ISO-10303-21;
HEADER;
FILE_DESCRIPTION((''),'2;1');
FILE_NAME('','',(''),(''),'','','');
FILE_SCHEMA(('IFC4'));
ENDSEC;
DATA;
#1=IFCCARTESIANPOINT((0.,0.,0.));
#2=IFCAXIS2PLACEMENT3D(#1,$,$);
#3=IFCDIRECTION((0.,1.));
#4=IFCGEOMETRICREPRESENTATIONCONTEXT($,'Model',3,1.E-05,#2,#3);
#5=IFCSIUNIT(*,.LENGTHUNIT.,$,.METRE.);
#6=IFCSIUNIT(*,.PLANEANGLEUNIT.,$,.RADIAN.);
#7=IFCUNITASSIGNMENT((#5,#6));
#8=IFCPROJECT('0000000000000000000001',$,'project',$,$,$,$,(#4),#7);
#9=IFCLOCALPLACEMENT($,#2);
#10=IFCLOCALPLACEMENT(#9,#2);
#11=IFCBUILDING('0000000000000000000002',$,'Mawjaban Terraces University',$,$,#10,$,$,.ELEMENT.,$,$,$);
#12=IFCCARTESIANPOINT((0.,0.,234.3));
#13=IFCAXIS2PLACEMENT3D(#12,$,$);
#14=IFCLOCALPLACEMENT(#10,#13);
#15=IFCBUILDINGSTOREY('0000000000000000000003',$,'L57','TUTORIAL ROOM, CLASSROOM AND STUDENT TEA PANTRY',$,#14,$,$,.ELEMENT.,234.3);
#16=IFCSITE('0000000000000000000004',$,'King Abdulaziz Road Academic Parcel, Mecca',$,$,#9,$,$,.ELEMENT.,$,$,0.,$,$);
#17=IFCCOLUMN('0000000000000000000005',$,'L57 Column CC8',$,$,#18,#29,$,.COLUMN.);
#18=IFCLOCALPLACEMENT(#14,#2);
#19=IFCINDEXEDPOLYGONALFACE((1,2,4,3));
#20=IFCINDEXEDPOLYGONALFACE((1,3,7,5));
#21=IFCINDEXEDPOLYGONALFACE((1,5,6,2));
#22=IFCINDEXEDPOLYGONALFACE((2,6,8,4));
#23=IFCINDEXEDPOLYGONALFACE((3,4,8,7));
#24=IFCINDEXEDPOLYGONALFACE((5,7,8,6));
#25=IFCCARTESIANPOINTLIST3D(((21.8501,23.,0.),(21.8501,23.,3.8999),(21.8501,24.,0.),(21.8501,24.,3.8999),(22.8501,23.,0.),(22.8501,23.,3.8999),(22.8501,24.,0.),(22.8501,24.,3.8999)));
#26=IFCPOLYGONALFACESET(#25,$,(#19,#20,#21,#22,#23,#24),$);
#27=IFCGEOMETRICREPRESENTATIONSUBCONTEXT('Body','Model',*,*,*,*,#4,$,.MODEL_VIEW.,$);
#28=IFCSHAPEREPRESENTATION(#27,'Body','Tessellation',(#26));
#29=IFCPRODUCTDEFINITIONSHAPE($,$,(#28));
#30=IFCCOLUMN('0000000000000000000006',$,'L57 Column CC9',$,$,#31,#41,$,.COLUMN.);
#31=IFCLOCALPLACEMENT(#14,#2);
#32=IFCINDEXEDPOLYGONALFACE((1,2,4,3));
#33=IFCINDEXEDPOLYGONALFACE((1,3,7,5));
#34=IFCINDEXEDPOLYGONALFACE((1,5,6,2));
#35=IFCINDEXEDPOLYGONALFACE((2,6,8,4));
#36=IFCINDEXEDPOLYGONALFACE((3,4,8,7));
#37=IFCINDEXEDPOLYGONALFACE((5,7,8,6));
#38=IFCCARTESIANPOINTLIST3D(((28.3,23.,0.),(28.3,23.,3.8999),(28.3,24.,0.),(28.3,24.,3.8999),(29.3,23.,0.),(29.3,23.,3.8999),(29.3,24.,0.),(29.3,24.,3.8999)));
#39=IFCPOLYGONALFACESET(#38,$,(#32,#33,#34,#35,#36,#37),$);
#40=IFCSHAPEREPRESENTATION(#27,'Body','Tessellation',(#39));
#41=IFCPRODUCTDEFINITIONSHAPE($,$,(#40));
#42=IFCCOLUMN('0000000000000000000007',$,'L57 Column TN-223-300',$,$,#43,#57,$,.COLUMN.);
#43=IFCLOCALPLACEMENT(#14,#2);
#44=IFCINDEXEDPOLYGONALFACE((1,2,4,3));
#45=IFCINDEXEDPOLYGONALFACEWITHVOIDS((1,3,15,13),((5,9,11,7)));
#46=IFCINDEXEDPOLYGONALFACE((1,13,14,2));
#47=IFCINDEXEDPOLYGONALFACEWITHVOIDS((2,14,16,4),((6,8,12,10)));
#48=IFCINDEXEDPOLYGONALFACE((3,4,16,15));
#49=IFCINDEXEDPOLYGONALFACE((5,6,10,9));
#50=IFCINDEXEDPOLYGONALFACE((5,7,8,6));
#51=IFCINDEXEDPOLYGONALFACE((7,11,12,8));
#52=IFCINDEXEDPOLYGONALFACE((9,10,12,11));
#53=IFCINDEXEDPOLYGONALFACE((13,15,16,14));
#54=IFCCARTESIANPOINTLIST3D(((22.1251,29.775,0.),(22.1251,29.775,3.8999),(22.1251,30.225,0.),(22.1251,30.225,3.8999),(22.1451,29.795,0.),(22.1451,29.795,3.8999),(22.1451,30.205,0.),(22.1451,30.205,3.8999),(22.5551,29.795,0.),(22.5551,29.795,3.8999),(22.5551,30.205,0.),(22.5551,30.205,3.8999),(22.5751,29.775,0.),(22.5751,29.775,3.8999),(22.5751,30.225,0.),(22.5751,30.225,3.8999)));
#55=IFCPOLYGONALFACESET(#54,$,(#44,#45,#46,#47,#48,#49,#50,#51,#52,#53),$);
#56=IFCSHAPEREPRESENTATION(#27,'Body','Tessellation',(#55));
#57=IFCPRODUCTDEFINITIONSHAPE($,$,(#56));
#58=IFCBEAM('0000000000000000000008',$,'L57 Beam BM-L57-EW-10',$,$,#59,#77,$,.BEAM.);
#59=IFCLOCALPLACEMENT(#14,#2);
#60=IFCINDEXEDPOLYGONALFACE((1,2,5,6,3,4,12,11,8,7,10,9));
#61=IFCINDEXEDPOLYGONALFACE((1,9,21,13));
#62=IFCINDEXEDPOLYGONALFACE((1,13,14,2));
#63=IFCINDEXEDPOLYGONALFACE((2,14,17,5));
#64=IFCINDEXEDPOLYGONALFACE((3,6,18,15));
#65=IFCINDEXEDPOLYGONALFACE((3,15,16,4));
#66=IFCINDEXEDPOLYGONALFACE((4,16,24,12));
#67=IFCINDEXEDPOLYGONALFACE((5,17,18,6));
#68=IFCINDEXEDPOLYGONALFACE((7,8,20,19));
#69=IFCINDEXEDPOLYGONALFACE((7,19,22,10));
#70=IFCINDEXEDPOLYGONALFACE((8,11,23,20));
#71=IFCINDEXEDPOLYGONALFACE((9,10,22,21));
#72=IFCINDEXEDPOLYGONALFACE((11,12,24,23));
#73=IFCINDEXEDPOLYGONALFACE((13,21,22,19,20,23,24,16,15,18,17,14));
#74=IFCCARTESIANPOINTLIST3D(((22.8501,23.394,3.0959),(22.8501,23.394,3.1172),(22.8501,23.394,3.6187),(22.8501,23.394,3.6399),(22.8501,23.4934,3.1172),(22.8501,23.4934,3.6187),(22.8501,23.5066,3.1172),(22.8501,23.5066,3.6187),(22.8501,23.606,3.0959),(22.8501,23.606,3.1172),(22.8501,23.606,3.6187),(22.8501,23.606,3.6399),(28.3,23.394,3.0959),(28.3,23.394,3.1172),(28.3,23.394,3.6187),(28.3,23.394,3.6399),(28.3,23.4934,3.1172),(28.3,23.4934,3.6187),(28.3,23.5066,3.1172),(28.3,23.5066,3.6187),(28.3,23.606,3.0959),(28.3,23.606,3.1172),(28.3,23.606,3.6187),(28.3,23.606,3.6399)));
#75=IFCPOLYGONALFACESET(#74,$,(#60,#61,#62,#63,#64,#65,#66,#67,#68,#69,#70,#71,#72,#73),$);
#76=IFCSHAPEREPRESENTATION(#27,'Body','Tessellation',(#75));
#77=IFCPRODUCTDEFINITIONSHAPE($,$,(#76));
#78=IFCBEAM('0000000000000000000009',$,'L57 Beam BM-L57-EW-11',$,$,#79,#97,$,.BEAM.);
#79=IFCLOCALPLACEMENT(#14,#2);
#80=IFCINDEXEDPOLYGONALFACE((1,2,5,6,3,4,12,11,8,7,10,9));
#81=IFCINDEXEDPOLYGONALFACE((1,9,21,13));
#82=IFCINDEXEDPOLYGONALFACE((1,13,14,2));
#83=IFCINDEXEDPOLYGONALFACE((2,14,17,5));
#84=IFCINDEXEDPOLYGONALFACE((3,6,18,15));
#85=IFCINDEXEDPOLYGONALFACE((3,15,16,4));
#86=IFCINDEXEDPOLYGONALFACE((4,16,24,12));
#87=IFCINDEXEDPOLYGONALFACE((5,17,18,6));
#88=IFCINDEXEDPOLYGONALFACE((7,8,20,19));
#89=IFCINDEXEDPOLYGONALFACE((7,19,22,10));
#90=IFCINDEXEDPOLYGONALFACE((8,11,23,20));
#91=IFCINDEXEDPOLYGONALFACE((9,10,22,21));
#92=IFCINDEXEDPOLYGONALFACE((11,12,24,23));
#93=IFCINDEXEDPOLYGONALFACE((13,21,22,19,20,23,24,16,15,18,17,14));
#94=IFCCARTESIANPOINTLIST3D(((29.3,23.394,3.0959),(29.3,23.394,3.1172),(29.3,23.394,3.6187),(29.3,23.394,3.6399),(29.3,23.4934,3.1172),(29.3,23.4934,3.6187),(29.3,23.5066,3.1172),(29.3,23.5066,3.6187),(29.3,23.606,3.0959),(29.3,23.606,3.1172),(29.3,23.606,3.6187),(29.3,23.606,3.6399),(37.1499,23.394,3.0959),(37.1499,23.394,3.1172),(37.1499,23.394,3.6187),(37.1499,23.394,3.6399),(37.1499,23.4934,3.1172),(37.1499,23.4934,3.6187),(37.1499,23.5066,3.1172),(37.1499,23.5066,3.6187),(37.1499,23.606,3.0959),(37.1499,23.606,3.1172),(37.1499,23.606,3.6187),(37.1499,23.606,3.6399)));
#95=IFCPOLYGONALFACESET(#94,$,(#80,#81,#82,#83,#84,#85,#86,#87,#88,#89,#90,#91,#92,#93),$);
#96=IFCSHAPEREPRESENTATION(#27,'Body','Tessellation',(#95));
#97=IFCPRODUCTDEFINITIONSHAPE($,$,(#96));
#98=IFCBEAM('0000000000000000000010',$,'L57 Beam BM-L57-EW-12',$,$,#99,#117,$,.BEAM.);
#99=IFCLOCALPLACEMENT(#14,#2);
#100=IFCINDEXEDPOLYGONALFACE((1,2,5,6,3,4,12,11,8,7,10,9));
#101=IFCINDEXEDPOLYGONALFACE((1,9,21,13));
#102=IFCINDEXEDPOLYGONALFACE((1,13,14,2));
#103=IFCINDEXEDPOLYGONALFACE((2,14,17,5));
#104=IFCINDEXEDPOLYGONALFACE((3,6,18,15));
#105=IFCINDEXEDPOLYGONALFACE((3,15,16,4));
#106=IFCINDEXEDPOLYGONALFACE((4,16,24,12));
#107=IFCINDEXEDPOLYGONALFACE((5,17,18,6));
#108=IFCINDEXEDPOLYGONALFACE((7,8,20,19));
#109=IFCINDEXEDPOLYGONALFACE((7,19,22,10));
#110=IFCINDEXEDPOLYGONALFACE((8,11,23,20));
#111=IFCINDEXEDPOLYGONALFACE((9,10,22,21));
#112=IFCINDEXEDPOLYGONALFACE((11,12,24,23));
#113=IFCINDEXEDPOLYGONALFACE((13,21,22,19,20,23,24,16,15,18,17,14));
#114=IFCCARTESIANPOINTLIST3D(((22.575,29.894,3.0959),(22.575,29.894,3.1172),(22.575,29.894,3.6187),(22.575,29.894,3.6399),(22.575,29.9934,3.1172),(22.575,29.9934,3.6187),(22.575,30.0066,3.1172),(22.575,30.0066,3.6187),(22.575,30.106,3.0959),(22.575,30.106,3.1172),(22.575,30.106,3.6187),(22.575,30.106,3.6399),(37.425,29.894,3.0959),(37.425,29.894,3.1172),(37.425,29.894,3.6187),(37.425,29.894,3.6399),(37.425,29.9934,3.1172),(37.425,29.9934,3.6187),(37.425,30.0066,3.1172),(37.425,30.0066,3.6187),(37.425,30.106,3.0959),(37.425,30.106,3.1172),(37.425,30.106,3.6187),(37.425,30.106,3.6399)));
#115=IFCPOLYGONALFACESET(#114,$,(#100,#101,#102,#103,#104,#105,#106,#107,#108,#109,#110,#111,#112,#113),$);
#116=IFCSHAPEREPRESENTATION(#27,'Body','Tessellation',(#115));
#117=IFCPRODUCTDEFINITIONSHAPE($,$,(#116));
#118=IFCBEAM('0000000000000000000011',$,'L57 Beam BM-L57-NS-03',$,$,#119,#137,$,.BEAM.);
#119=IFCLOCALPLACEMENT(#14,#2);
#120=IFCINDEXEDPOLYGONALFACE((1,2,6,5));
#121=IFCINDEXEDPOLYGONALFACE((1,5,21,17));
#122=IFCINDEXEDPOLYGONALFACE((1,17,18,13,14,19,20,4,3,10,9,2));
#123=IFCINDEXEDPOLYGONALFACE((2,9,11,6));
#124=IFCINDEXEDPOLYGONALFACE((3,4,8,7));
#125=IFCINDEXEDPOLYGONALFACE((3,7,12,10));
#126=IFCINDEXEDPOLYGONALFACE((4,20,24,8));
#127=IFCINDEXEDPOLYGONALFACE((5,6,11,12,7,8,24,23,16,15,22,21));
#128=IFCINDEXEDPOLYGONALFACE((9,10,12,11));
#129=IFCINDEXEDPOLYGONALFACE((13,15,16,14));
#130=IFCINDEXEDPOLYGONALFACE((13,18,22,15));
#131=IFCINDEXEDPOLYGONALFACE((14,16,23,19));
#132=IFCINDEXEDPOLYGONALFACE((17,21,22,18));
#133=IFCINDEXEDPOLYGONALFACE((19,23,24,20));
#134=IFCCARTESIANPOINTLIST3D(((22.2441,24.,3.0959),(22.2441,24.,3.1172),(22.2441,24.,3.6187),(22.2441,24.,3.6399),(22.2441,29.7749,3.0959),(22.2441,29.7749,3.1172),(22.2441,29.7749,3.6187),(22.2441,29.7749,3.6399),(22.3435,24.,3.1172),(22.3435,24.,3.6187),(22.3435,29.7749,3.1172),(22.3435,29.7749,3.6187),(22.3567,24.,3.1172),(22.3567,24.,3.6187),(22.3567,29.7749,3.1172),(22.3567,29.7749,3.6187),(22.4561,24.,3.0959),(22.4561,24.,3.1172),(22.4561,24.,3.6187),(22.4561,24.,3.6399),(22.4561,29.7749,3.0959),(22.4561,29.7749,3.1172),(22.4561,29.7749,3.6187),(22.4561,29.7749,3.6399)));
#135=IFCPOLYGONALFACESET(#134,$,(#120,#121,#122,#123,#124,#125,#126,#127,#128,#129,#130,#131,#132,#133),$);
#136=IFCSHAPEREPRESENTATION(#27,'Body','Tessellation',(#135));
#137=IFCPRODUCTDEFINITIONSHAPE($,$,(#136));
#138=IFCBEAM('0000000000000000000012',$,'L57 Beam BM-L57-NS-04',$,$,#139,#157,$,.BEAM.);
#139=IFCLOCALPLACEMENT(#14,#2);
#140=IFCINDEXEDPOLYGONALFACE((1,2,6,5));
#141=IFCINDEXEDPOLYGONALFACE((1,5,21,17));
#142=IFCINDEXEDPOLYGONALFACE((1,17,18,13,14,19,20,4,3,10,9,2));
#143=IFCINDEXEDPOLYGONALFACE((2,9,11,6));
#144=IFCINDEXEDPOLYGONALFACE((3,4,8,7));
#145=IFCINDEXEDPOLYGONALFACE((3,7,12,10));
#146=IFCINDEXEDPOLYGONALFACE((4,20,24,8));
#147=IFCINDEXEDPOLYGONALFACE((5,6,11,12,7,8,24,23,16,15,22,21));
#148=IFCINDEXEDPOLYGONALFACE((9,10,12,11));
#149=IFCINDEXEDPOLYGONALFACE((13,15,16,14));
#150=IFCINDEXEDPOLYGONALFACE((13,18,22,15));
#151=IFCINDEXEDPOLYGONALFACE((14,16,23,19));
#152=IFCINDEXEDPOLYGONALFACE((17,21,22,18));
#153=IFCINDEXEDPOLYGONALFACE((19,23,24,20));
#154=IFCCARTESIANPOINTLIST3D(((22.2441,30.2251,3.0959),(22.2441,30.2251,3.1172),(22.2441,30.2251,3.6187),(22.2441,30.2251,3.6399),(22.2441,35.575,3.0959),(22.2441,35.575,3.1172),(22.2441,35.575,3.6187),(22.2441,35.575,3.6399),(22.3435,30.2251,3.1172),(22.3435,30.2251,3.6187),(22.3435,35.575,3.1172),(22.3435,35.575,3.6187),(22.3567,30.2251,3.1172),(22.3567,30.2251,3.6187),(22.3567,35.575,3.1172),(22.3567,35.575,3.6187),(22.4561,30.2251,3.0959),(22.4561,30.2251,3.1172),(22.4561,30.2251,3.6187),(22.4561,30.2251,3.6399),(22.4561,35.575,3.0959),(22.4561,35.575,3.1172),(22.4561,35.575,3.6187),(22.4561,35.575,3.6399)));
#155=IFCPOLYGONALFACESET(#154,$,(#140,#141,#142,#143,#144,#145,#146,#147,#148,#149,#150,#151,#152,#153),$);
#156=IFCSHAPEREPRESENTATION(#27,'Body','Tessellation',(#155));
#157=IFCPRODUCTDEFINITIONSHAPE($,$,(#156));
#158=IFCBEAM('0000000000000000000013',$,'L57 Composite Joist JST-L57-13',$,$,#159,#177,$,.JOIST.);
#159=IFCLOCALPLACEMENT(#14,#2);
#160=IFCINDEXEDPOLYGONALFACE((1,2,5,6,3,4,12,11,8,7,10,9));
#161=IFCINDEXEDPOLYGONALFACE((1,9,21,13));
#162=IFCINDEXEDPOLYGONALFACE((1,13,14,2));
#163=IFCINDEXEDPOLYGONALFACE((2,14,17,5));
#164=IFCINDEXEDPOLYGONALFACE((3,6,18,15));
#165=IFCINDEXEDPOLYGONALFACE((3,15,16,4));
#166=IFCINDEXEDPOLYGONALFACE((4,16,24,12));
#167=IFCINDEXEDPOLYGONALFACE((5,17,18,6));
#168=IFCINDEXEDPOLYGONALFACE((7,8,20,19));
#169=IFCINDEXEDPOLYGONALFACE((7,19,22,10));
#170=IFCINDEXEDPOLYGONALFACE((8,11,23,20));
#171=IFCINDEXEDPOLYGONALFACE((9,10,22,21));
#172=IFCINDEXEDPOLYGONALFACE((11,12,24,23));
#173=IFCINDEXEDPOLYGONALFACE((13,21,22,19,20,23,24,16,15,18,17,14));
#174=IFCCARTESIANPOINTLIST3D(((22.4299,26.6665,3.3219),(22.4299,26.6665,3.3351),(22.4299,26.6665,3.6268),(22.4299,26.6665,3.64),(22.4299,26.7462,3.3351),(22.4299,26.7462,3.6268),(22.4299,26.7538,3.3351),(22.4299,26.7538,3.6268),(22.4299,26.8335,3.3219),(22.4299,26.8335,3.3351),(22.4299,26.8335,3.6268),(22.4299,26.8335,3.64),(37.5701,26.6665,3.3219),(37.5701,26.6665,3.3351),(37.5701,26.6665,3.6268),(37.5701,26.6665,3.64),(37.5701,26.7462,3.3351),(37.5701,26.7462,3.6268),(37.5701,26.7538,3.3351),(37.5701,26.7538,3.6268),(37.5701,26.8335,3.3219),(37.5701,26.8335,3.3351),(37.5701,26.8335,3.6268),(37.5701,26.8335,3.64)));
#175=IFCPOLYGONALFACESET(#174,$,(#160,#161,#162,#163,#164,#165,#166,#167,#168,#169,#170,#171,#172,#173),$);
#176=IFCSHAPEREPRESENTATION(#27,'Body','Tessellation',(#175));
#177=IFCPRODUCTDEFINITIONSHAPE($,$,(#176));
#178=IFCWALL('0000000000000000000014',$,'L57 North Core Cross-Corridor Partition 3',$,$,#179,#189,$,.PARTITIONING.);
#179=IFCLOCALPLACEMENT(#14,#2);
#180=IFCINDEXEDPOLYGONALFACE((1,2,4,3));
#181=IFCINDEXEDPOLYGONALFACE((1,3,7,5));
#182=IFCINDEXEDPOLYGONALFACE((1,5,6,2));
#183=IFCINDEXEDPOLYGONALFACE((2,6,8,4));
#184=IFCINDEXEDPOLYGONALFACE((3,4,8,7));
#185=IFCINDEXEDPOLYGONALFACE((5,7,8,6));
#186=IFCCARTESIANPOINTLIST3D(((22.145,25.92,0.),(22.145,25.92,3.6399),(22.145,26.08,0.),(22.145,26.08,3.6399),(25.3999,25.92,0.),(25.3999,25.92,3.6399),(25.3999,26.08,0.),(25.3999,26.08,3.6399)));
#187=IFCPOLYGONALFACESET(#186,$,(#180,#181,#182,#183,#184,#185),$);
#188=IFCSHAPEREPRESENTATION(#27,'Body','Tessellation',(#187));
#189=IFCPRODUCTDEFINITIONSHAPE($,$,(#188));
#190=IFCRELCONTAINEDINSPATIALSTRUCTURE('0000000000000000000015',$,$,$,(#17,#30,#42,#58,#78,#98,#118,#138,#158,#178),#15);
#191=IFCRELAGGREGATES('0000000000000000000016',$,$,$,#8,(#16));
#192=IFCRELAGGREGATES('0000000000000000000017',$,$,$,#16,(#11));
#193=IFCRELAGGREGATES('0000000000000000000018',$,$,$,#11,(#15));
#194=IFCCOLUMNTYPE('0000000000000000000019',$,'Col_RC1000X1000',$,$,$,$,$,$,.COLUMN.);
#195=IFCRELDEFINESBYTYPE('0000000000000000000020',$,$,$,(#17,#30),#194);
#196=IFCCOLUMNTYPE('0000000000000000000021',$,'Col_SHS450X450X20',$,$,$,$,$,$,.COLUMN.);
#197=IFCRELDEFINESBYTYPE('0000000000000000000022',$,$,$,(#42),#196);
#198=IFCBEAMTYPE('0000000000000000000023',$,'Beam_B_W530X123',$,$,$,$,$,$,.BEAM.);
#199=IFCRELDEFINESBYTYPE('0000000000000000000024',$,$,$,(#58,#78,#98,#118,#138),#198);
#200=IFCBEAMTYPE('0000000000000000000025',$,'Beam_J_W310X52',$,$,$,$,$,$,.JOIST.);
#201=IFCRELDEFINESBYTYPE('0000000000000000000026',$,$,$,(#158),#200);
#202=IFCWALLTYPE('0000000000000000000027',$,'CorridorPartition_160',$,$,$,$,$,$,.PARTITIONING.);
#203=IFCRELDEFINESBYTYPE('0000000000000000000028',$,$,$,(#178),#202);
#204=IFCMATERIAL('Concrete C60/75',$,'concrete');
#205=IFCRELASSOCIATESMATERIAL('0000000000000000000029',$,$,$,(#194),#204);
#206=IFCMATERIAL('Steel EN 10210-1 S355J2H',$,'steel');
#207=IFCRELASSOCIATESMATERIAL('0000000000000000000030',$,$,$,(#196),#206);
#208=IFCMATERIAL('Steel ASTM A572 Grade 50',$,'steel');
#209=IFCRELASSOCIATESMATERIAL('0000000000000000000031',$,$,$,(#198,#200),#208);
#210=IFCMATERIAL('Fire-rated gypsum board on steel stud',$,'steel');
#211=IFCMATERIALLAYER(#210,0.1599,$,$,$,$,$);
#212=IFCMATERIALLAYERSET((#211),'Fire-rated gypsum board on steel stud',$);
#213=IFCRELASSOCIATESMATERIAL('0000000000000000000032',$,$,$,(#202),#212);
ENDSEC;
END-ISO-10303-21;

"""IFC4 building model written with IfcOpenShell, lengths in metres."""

from ifc_helpers import new_model, si_unit, direction, frame, frame_2d, origin, origin_2d, place, context, subcontext, project, spatial, rectangle, hollow_rectangle, i_section, extrude, material, layer, layer_set, material_profile, profile_set, type_object, element, save


model = new_model("IFC4")

# Units and contexts
model_context = context("Model", 3, precision=1e-05, world=origin(), true_north=direction((0.0, 1.0)))
body_context = subcontext(model_context, "Body", "Model", "MODEL_VIEW")
ifc_project = project(units=[si_unit("LENGTHUNIT", "METRE"), si_unit("PLANEANGLEUNIT", "RADIAN")], contexts=[model_context])

# Site, building, storey
site_placement = place(None, origin())
site = spatial("IfcSite", under=ifc_project, at=site_placement, Name="King Abdulaziz Road Academic Parcel, Mecca", CompositionType="ELEMENT", RefElevation=0.0)
building_placement = place(site_placement, origin())
building = spatial("IfcBuilding", under=site, at=building_placement, Name="Mawjaban Terraces University", CompositionType="ELEMENT")
storey_placement = place(building_placement, frame((0.0, 0.0, 234.3)))
storey = spatial("IfcBuildingStorey", under=building, at=storey_placement, Name="L57", Description="TUTORIAL ROOM, CLASSROOM AND STUDENT TEA PANTRY", CompositionType="ELEMENT", Elevation=234.3)

# Columns
ifc_material_1 = material(Name="Concrete C60/75", Category="concrete")
ifc_material_profile_1 = material_profile(ifc_material_1, rectangle(XDim=1.0, YDim=1.0, at=origin_2d()), Name="RC1000X1000")
ifc_profile_set_1 = profile_set([ifc_material_profile_1], Name="Concrete C60/75")
column_type_1 = type_object("IfcColumnType", Name="Col_RC1000X1000", PredefinedType="COLUMN", material=ifc_profile_set_1)
for number, where, z_axis, x_axis, name in (
    (1, (22.3501, 23.5, 0.0), (0.0, 0.0, 1.0), (1.0, 0.0, 0.0), "L57 Column CC8"),
    (2, (28.8, 23.5, 0.0), (0.0, 0.0, 1.0), (1.0, 0.0, 0.0), "L57 Column CC9"),
):
    element("IfcColumn", number, at=place(storey_placement, frame(where, z_axis=z_axis, x_axis=x_axis)), inside=storey, type_object=column_type_1, Name=name, PredefinedType="COLUMN", context=body_context, shape_type="SweptSolid", body=[
        extrude(rectangle(XDim=1.0, YDim=1.0, at=origin_2d()), origin(), (0.0, 0.0, 1.0), 3.8999),
    ])
ifc_material_2 = material(Name="Steel EN 10210-1 S355J2H", Category="steel")
ifc_material_profile_2 = material_profile(ifc_material_2, hollow_rectangle(XDim=0.45, YDim=0.45, WallThickness=0.02, at=origin_2d()), Name="SHS450X450X20")
ifc_profile_set_2 = profile_set([ifc_material_profile_2], Name="Steel EN 10210-1 S355J2H")
column_type_2 = type_object("IfcColumnType", Name="Col_SHS450X450X20", PredefinedType="COLUMN", material=ifc_profile_set_2)
column_placement = place(storey_placement, frame((22.3501, 30.0, 0.0), z_axis=(0.0, 0.0, 1.0), x_axis=(1.0, 0.0, 0.0)))
element("IfcColumn", 3, at=column_placement, inside=storey, type_object=column_type_2, Name="L57 Column TN-223-300", PredefinedType="COLUMN", context=body_context, shape_type="SweptSolid", body=[
    extrude(hollow_rectangle(XDim=0.45, YDim=0.45, WallThickness=0.02, at=origin_2d()), origin(), (0.0, 0.0, 1.0), 3.8999),
])

# Beams
ifc_material_3 = material(Name="Steel ASTM A572 Grade 50", Category="steel")
ifc_material_profile_3 = material_profile(ifc_material_3, i_section(OverallWidth=0.2119, OverallDepth=0.5439, WebThickness=0.0132, FlangeThickness=0.0212, at=origin_2d()), Name="W530X123")
ifc_profile_set_3 = profile_set([ifc_material_profile_3], Name="Steel ASTM A572 Grade 50")
beam_type_1 = type_object("IfcBeamType", Name="Beam_B_W530X123", PredefinedType="BEAM", material=ifc_profile_set_3)
beam_1_placement = place(storey_placement, frame((22.8501, 23.5, 3.3679), z_axis=(1.0, 0.0, 0.0), x_axis=(0.0, 1.0, 0.0)))
element("IfcBeam", 4, at=beam_1_placement, inside=storey, type_object=beam_type_1, Name="L57 Beam BM-L57-EW-10", PredefinedType="BEAM", context=body_context, shape_type="SweptSolid", body=[
    extrude(i_section(OverallWidth=0.2119, OverallDepth=0.5439, WebThickness=0.0132, FlangeThickness=0.0212, at=origin_2d()), origin(), (0.0, 0.0, 1.0), 5.45),
])
beam_2_placement = place(storey_placement, frame((29.3, 23.5, 3.3679), z_axis=(1.0, 0.0, 0.0), x_axis=(0.0, 1.0, 0.0)))
element("IfcBeam", 5, at=beam_2_placement, inside=storey, type_object=beam_type_1, Name="L57 Beam BM-L57-EW-11", PredefinedType="BEAM", context=body_context, shape_type="SweptSolid", body=[
    extrude(i_section(OverallWidth=0.2119, OverallDepth=0.5439, WebThickness=0.0132, FlangeThickness=0.0212, at=origin_2d()), origin(), (0.0, 0.0, 1.0), 7.8499),
])
beam_3_placement = place(storey_placement, frame((22.575, 30.0, 3.3679), z_axis=(1.0, 0.0, 0.0), x_axis=(0.0, 1.0, 0.0)))
element("IfcBeam", 6, at=beam_3_placement, inside=storey, type_object=beam_type_1, Name="L57 Beam BM-L57-EW-12", PredefinedType="BEAM", context=body_context, shape_type="SweptSolid", body=[
    extrude(i_section(OverallWidth=0.2119, OverallDepth=0.5439, WebThickness=0.0132, FlangeThickness=0.0212, at=origin_2d()), origin(), (0.0, 0.0, 1.0), 14.8501),
])
beam_4_placement = place(storey_placement, frame((22.3501, 24.0, 3.3679), z_axis=(0.0, 1.0, 0.0), x_axis=(-1.0, 0.0, 0.0)))
element("IfcBeam", 7, at=beam_4_placement, inside=storey, type_object=beam_type_1, Name="L57 Beam BM-L57-NS-03", PredefinedType="BEAM", context=body_context, shape_type="SweptSolid", body=[
    extrude(i_section(OverallWidth=0.2119, OverallDepth=0.5439, WebThickness=0.0132, FlangeThickness=0.0212, at=origin_2d()), origin(), (0.0, 0.0, 1.0), 5.7749),
])
beam_5_placement = place(storey_placement, frame((22.3501, 30.2251, 3.3679), z_axis=(0.0, 1.0, 0.0), x_axis=(-1.0, 0.0, 0.0)))
element("IfcBeam", 8, at=beam_5_placement, inside=storey, type_object=beam_type_1, Name="L57 Beam BM-L57-NS-04", PredefinedType="BEAM", context=body_context, shape_type="SweptSolid", body=[
    extrude(i_section(OverallWidth=0.2119, OverallDepth=0.5439, WebThickness=0.0132, FlangeThickness=0.0212, at=origin_2d()), origin(), (0.0, 0.0, 1.0), 5.3499),
])
ifc_material_profile_4 = material_profile(ifc_material_3, i_section(OverallWidth=0.167, OverallDepth=0.3181, WebThickness=0.0076, FlangeThickness=0.0132, at=origin_2d()), Name="W310X52")
ifc_profile_set_4 = profile_set([ifc_material_profile_4], Name="Steel ASTM A572 Grade 50")
beam_type_2 = type_object("IfcBeamType", Name="Beam_J_W310X52", PredefinedType="JOIST", material=ifc_profile_set_4)
beam_6_placement = place(storey_placement, frame((22.4299, 26.75, 3.481), z_axis=(1.0, 0.0, 0.0), x_axis=(0.0, 1.0, 0.0)))
element("IfcBeam", 9, at=beam_6_placement, inside=storey, type_object=beam_type_2, Name="L57 Composite Joist JST-L57-13", PredefinedType="JOIST", context=body_context, shape_type="SweptSolid", body=[
    extrude(i_section(OverallWidth=0.167, OverallDepth=0.3181, WebThickness=0.0076, FlangeThickness=0.0132, at=origin_2d()), origin(), (0.0, 0.0, 1.0), 15.1401),
])

# Wall
ifc_material_4 = material(Name="Fire-rated gypsum board on steel stud", Category="steel")
ifc_layer_1 = layer(ifc_material_4, 0.1599)
ifc_layer_set_1 = layer_set([ifc_layer_1], Name="Fire-rated gypsum board on steel stud")
wall_type_1 = type_object("IfcWallType", Name="CorridorPartition_160", PredefinedType="PARTITIONING", material=ifc_layer_set_1)
wall_1_placement = place(storey_placement, frame((25.3999, 26.0, 0.0), z_axis=(0.0, 0.0, 1.0), x_axis=(-1.0, 0.0, 0.0)))
element("IfcWall", 10, at=wall_1_placement, inside=storey, type_object=wall_type_1, Name="L57 North Core Cross-Corridor Partition 3", PredefinedType="PARTITIONING", context=body_context, shape_type="SweptSolid", body=[
    extrude(rectangle(XDim=3.2549, YDim=0.1599, at=frame_2d((1.6274, 0.0))), origin(), (0.0, 0.0, 1.0), 3.6399),
])

save(model, "model.ifc")
